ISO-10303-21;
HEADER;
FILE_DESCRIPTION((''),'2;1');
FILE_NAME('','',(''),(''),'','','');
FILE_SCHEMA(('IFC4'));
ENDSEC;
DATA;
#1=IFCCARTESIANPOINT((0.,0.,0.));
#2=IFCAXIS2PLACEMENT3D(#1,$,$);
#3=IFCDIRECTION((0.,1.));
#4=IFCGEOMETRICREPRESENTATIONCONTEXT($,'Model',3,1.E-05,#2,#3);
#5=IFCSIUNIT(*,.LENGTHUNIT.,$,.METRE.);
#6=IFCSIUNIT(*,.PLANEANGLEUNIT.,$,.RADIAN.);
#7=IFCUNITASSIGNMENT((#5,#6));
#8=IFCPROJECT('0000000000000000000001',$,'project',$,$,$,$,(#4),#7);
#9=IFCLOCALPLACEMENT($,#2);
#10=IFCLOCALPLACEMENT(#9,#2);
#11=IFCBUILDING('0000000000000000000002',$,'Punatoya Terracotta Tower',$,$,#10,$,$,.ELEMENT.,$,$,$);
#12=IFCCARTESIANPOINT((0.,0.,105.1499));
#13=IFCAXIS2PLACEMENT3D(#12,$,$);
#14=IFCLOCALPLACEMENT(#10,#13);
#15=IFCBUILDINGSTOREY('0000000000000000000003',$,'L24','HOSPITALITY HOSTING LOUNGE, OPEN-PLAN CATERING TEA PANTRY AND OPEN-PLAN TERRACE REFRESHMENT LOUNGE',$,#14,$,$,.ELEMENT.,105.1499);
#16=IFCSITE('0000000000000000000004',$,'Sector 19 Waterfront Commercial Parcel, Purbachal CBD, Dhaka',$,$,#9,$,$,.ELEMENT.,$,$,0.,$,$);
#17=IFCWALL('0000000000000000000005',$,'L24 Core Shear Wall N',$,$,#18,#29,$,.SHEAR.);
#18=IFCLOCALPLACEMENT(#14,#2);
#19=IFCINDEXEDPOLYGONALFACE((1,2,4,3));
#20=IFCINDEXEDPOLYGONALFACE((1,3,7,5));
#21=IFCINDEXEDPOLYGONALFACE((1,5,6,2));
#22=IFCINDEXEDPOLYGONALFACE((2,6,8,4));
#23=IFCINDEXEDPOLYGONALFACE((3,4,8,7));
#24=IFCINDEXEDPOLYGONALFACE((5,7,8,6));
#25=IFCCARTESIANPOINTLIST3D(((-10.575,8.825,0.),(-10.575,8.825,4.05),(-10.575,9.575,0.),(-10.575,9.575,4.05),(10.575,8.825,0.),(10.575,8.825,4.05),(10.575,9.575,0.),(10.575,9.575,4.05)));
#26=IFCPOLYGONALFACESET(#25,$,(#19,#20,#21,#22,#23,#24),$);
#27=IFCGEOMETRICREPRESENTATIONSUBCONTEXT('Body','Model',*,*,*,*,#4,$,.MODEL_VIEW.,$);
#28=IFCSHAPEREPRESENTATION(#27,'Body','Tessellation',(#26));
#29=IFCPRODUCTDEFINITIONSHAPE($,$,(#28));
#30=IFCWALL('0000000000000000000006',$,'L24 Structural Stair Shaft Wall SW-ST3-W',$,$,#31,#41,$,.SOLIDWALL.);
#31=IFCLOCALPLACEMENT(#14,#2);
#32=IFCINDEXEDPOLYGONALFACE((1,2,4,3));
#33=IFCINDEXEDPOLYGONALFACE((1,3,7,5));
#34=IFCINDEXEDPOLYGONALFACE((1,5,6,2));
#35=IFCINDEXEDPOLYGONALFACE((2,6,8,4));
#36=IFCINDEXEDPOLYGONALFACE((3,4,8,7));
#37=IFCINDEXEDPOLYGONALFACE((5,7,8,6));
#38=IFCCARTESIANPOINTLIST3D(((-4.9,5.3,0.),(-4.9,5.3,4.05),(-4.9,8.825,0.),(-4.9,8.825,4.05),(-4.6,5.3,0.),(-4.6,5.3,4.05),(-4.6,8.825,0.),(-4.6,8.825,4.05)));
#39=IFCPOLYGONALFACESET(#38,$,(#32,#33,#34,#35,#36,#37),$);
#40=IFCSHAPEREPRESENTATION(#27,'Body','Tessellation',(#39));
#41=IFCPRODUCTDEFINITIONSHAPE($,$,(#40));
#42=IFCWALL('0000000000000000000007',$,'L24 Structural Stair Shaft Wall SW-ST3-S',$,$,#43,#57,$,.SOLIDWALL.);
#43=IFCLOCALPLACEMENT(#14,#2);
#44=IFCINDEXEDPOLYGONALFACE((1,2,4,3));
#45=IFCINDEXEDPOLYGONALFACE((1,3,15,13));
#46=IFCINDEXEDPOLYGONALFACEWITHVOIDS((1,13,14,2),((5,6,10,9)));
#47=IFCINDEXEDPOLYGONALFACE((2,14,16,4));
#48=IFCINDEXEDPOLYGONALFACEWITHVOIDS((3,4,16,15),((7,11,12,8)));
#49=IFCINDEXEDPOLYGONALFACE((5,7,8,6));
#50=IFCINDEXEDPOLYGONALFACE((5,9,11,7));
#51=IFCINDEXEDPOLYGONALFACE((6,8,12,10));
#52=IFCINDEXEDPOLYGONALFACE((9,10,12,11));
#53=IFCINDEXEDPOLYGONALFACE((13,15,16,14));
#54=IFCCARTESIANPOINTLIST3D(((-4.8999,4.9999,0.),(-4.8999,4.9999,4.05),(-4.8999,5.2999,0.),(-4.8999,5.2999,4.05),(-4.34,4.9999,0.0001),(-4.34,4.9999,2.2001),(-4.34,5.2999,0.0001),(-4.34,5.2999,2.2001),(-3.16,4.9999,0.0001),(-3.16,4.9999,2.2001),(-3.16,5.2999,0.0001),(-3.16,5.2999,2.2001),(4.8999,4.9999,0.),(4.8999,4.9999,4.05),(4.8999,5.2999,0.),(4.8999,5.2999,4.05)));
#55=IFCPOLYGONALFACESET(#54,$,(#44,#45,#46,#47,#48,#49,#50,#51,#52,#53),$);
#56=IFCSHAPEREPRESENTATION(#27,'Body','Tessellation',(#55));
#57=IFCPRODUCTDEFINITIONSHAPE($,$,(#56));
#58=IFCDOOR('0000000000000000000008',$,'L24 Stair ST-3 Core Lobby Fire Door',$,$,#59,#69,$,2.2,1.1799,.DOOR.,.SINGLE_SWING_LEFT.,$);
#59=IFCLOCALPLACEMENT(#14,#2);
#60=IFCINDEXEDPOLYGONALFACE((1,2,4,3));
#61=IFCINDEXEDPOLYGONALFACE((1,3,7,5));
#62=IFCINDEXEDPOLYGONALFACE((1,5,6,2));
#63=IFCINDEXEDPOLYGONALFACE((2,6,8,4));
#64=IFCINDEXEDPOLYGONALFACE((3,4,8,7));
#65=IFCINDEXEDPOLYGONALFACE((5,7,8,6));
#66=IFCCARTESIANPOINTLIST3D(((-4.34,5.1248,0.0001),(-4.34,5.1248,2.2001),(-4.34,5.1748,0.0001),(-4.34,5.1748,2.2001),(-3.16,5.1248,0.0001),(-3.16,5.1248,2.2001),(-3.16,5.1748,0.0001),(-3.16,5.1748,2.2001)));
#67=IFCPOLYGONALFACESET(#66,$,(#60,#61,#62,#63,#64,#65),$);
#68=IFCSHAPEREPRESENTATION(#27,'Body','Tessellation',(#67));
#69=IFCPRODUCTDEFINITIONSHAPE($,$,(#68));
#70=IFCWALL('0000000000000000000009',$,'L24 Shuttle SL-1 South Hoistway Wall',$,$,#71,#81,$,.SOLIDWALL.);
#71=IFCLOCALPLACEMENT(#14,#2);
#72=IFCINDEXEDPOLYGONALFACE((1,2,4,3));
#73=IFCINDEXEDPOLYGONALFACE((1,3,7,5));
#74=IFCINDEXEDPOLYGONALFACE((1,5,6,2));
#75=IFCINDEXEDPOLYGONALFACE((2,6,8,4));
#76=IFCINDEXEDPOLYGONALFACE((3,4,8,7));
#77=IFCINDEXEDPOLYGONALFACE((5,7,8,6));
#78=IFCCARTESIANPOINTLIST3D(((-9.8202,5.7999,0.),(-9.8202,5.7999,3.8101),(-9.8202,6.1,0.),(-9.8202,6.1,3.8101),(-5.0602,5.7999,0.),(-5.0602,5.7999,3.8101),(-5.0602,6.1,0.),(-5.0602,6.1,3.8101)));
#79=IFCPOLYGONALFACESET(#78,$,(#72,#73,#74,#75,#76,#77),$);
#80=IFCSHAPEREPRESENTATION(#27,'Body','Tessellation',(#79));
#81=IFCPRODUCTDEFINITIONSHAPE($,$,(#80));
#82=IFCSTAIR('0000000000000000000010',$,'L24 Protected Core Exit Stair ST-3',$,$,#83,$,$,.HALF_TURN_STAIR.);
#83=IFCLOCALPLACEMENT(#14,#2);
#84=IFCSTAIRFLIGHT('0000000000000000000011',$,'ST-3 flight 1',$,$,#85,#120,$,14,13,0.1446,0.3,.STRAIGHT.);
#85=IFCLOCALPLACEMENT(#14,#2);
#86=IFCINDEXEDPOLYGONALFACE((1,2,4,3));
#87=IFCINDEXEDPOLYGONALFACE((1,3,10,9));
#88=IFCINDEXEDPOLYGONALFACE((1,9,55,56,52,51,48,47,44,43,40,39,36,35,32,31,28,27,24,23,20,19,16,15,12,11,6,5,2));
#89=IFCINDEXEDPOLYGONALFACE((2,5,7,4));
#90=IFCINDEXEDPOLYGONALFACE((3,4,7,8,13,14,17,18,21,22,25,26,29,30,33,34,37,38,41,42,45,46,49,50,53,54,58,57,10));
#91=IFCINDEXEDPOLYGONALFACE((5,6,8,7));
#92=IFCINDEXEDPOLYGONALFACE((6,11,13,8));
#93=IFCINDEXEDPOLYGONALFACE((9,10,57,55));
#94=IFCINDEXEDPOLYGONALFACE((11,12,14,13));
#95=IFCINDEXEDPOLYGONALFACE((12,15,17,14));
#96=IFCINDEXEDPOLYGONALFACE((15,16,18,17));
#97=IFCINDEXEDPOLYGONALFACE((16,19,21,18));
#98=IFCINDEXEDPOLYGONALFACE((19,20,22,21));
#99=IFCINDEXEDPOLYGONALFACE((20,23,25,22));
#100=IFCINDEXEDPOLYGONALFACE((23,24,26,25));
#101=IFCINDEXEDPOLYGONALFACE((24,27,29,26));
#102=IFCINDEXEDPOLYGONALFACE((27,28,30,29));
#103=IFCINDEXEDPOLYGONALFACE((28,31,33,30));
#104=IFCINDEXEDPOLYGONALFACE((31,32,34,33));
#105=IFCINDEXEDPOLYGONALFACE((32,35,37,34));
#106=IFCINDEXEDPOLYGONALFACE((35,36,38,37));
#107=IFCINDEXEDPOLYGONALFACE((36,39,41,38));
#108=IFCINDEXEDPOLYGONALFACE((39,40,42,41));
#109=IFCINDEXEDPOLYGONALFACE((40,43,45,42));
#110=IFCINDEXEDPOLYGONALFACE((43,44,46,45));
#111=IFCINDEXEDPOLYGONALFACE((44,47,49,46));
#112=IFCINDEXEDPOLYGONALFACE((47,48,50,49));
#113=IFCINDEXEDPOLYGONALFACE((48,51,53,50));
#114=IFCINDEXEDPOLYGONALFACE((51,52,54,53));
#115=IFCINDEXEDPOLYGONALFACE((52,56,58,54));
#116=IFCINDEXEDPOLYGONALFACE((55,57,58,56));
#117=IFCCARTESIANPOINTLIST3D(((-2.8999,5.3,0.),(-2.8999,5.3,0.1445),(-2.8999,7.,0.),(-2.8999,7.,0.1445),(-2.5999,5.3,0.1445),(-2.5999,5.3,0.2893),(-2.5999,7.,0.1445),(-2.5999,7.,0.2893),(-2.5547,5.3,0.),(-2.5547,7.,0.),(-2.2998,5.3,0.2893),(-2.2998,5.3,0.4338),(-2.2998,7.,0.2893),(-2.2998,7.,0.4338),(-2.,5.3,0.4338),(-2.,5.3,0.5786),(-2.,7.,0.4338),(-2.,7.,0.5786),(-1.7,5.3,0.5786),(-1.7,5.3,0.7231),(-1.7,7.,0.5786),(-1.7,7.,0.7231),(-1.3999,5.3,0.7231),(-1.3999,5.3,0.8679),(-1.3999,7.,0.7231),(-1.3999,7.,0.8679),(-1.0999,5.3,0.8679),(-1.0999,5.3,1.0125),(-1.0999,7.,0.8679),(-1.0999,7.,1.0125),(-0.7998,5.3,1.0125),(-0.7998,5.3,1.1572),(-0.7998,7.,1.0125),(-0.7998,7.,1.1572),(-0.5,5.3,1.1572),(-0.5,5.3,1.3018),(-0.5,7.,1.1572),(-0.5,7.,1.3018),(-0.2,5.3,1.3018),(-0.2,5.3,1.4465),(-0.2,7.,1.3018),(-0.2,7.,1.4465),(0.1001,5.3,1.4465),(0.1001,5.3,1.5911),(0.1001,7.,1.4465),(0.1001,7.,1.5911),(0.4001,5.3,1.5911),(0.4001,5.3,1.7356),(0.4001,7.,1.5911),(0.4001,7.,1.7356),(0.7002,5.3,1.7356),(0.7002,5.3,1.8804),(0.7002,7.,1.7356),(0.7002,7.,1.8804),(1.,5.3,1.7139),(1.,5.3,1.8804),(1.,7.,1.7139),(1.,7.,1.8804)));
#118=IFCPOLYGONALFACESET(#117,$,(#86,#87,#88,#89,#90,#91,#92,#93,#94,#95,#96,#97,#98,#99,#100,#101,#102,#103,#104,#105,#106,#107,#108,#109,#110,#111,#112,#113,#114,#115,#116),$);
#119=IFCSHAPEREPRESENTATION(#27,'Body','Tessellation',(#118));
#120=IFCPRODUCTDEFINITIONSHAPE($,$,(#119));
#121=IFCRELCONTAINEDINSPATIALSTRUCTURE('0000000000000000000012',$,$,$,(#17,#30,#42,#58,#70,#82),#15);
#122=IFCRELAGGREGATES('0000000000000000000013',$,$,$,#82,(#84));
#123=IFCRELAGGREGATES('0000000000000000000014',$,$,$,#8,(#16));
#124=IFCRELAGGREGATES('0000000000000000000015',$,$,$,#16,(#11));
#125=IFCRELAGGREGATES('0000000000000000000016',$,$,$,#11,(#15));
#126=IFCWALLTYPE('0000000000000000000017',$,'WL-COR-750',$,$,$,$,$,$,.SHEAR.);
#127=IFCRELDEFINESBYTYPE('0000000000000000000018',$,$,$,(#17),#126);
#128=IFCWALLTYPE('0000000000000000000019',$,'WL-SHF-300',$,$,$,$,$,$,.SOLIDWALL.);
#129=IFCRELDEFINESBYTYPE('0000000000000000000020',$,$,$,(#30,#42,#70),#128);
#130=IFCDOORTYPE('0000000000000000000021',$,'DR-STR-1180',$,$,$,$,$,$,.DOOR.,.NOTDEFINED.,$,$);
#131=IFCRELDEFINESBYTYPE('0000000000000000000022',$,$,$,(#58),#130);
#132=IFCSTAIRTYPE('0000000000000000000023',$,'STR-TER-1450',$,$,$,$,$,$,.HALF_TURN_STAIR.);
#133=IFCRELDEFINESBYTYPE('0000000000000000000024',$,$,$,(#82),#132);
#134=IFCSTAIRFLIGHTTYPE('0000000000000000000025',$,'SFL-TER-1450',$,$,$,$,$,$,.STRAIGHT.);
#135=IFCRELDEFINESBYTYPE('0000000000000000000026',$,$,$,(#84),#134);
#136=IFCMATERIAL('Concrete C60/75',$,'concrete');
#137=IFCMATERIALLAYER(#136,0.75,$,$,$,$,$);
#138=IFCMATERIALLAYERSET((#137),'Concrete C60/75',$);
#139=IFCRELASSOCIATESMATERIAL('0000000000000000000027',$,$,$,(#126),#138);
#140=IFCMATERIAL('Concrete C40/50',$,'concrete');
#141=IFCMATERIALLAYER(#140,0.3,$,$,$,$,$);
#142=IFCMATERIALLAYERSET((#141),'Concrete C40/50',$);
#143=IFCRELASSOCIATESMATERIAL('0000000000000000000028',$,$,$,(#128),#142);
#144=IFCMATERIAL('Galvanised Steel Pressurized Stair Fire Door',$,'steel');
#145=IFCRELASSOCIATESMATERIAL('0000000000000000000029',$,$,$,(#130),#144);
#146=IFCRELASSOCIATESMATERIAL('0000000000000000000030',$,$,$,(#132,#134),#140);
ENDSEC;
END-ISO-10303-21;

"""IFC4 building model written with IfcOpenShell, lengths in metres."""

from ifc_helpers import new_model, si_unit, direction, frame, frame_2d, origin, place, context, subcontext, project, spatial, polyline, rectangle, outline, extrude, material, layer, layer_set, type_object, element, fill, aggregate, save


model = new_model("IFC4")

# Units and contexts
model_context = context("Model", 3, precision=1e-05, world=origin(), true_north=direction((0.0, 1.0)))
body_context = subcontext(model_context, "Body", "Model", "MODEL_VIEW")
ifc_project = project(units=[si_unit("LENGTHUNIT", "METRE"), si_unit("PLANEANGLEUNIT", "RADIAN")], contexts=[model_context])

# Site, building, storey
site_placement = place(None, origin())
site = spatial("IfcSite", under=ifc_project, at=site_placement, Name="Sector 19 Waterfront Commercial Parcel, Purbachal CBD, Dhaka", CompositionType="ELEMENT", RefElevation=0.0)
building_placement = place(site_placement, origin())
building = spatial("IfcBuilding", under=site, at=building_placement, Name="Punatoya Terracotta Tower", CompositionType="ELEMENT")
storey_placement = place(building_placement, frame((0.0, 0.0, 105.1499)))
storey = spatial("IfcBuildingStorey", under=building, at=storey_placement, Name="L24", Description="HOSPITALITY HOSTING LOUNGE, OPEN-PLAN CATERING TEA PANTRY AND OPEN-PLAN TERRACE REFRESHMENT LOUNGE", CompositionType="ELEMENT", Elevation=105.1499)

# Shared definitions
ifc_material_1 = material(Name="Concrete C40/50", Category="concrete")

# Walls
ifc_material_2 = material(Name="Concrete C60/75", Category="concrete")
ifc_layer_1 = layer(ifc_material_2, 0.75)
ifc_layer_set_1 = layer_set([ifc_layer_1], Name="Concrete C60/75")
wall_type_1 = type_object("IfcWallType", Name="WL-COR-750", PredefinedType="SHEAR", material=ifc_layer_set_1)
wall_1_placement = place(storey_placement, frame((-10.575, 9.2, 0.0), z_axis=(0.0, 0.0, 1.0), x_axis=(1.0, 0.0, 0.0)))
element("IfcWall", 1, at=wall_1_placement, inside=storey, type_object=wall_type_1, Name="L24 Core Shear Wall N", PredefinedType="SHEAR", context=body_context, shape_type="SweptSolid", body=[
    extrude(rectangle(XDim=21.1499, YDim=0.75, at=frame_2d((10.575, 0.0))), origin(), (0.0, 0.0, 1.0), 4.05),
])
ifc_layer_2 = layer(ifc_material_1, 0.3)
ifc_layer_set_2 = layer_set([ifc_layer_2], Name="Concrete C40/50")
wall_type_2 = type_object("IfcWallType", Name="WL-SHF-300", PredefinedType="SOLIDWALL", material=ifc_layer_set_2)
wall_2_placement = place(storey_placement, frame((-4.75, 5.3, 0.0), z_axis=(0.0, 0.0, 1.0), x_axis=(0.0, 1.0, 0.0)))
element("IfcWall", 2, at=wall_2_placement, inside=storey, type_object=wall_type_2, Name="L24 Structural Stair Shaft Wall SW-ST3-W", PredefinedType="SOLIDWALL", context=body_context, shape_type="SweptSolid", body=[
    extrude(rectangle(XDim=3.5249, YDim=0.3, at=frame_2d((1.7625, 0.0))), origin(), (0.0, 0.0, 1.0), 4.05),
])

# Wall, opening, door
wall_3_placement = place(storey_placement, frame((-4.8999, 5.1499, 0.0), z_axis=(0.0, 0.0, 1.0), x_axis=(1.0, 0.0, 0.0)))
wall_3 = element("IfcWall", 3, at=wall_3_placement, inside=storey, type_object=wall_type_2, Name="L24 Structural Stair Shaft Wall SW-ST3-S", PredefinedType="SOLIDWALL", context=body_context, shape_type="SweptSolid", body=[
    extrude(rectangle(XDim=9.7998, YDim=0.3, at=frame_2d((4.8999, 0.0))), origin(), (0.0, 0.0, 1.0), 4.05),
])
opening_1_placement = place(wall_3_placement, frame((0.5601, 0.0, 0.0)))
opening_1 = element("IfcOpeningElement", 4, at=opening_1_placement, cuts=wall_3, PredefinedType="OPENING", context=body_context, shape_type="SweptSolid", body=[
    extrude(rectangle(XDim=1.1799, YDim=2.2, at=frame_2d((0.5898, 1.1001))), frame((0.0, 0.1599, 0.0), z_axis=(0.0, -1.0, 0.0), x_axis=(1.0, 0.0, 0.0)), (0.0, 0.0, 1.0), 0.3201),
])
ifc_material_3 = material(Name="Galvanised Steel Pressurized Stair Fire Door", Category="steel")
door_type_1 = type_object("IfcDoorType", Name="DR-STR-1180", OperationType="NOTDEFINED", PredefinedType="DOOR", material=ifc_material_3)
door_1_placement = place(opening_1_placement, origin())
door_1 = element("IfcDoor", 5, at=door_1_placement, inside=storey, type_object=door_type_1, Name="L24 Stair ST-3 Core Lobby Fire Door", OperationType="SINGLE_SWING_LEFT", OverallHeight=2.2, OverallWidth=1.1799, PredefinedType="DOOR", context=body_context, shape_type="SweptSolid", body=[
    extrude(rectangle(XDim=1.1799, YDim=2.2, at=frame_2d((0.5898, 1.1001))), frame((0.0, 0.0249, 0.0), z_axis=(0.0, -1.0, 0.0), x_axis=(1.0, 0.0, 0.0)), (0.0, 0.0, 1.0), 0.05),
])
fill(opening_1, door_1)

# Wall
wall_4_placement = place(storey_placement, frame((-9.8201, 5.95, 0.0), z_axis=(0.0, 0.0, 1.0), x_axis=(1.0, 0.0, 0.0)))
element("IfcWall", 6, at=wall_4_placement, inside=storey, type_object=wall_type_2, Name="L24 Shuttle SL-1 South Hoistway Wall", PredefinedType="SOLIDWALL", context=body_context, shape_type="SweptSolid", body=[
    extrude(rectangle(XDim=4.76, YDim=0.3, at=frame_2d((2.3799, 0.0))), origin(), (0.0, 0.0, 1.0), 3.8101),
])

# Stair, stair flight
stair_type = type_object("IfcStairType", Name="STR-TER-1450", PredefinedType="HALF_TURN_STAIR", material=ifc_material_1)
stair_placement = place(storey_placement, origin())
stair = element("IfcStair", 7, at=stair_placement, inside=storey, type_object=stair_type, Name="L24 Protected Core Exit Stair ST-3", PredefinedType="HALF_TURN_STAIR")
stair_flight_type = type_object("IfcStairFlightType", Name="SFL-TER-1450", PredefinedType="STRAIGHT", material=ifc_material_1)
stair_flight_placement = place(storey_placement, frame((-2.8999, 6.1499, 0.0), z_axis=(0.0, 0.0, 1.0), x_axis=(1.0, 0.0, 0.0)))
stair_flight = element("IfcStairFlight", 8, at=stair_flight_placement, type_object=stair_flight_type, Name="ST-3 flight 1", NumberOfRisers=14, NumberOfTreads=13, PredefinedType="STRAIGHT", RiserHeight=0.1446, TreadLength=0.3, context=body_context, shape_type="SweptSolid", body=[
    extrude(outline(polyline([(0.0, 0.0), (0.0, 0.1445), (0.3, 0.1445), (0.3, 0.2893), (0.6001, 0.2893), (0.6001, 0.4338), (0.8999, 0.4338), (0.8999, 0.5786), (1.2, 0.5786), (1.2, 0.7231), (1.5, 0.7231), (1.5, 0.8679), (1.8, 0.8679), (1.8, 1.0125), (2.1001, 1.0125), (2.1001, 1.1572), (2.3999, 1.1572), (2.3999, 1.3018), (2.7, 1.3018), (2.7, 1.4465), (3.0, 1.4465), (3.0, 1.5911), (3.3, 1.5911), (3.3, 1.7356), (3.6001, 1.7356), (3.6001, 1.8804), (3.8999, 1.8804), (3.8999, 2.0249), (3.8999, 1.7139), (0.3452, 0.0), (0.0, 0.0)])), frame((0.0, 0.8501, 0.0), z_axis=(0.0, -1.0, 0.0), x_axis=(1.0, 0.0, 0.0)), (0.0, 0.0, 1.0), 1.7),
])
aggregate(stair, [stair_flight])

save(model, "model.ifc")
